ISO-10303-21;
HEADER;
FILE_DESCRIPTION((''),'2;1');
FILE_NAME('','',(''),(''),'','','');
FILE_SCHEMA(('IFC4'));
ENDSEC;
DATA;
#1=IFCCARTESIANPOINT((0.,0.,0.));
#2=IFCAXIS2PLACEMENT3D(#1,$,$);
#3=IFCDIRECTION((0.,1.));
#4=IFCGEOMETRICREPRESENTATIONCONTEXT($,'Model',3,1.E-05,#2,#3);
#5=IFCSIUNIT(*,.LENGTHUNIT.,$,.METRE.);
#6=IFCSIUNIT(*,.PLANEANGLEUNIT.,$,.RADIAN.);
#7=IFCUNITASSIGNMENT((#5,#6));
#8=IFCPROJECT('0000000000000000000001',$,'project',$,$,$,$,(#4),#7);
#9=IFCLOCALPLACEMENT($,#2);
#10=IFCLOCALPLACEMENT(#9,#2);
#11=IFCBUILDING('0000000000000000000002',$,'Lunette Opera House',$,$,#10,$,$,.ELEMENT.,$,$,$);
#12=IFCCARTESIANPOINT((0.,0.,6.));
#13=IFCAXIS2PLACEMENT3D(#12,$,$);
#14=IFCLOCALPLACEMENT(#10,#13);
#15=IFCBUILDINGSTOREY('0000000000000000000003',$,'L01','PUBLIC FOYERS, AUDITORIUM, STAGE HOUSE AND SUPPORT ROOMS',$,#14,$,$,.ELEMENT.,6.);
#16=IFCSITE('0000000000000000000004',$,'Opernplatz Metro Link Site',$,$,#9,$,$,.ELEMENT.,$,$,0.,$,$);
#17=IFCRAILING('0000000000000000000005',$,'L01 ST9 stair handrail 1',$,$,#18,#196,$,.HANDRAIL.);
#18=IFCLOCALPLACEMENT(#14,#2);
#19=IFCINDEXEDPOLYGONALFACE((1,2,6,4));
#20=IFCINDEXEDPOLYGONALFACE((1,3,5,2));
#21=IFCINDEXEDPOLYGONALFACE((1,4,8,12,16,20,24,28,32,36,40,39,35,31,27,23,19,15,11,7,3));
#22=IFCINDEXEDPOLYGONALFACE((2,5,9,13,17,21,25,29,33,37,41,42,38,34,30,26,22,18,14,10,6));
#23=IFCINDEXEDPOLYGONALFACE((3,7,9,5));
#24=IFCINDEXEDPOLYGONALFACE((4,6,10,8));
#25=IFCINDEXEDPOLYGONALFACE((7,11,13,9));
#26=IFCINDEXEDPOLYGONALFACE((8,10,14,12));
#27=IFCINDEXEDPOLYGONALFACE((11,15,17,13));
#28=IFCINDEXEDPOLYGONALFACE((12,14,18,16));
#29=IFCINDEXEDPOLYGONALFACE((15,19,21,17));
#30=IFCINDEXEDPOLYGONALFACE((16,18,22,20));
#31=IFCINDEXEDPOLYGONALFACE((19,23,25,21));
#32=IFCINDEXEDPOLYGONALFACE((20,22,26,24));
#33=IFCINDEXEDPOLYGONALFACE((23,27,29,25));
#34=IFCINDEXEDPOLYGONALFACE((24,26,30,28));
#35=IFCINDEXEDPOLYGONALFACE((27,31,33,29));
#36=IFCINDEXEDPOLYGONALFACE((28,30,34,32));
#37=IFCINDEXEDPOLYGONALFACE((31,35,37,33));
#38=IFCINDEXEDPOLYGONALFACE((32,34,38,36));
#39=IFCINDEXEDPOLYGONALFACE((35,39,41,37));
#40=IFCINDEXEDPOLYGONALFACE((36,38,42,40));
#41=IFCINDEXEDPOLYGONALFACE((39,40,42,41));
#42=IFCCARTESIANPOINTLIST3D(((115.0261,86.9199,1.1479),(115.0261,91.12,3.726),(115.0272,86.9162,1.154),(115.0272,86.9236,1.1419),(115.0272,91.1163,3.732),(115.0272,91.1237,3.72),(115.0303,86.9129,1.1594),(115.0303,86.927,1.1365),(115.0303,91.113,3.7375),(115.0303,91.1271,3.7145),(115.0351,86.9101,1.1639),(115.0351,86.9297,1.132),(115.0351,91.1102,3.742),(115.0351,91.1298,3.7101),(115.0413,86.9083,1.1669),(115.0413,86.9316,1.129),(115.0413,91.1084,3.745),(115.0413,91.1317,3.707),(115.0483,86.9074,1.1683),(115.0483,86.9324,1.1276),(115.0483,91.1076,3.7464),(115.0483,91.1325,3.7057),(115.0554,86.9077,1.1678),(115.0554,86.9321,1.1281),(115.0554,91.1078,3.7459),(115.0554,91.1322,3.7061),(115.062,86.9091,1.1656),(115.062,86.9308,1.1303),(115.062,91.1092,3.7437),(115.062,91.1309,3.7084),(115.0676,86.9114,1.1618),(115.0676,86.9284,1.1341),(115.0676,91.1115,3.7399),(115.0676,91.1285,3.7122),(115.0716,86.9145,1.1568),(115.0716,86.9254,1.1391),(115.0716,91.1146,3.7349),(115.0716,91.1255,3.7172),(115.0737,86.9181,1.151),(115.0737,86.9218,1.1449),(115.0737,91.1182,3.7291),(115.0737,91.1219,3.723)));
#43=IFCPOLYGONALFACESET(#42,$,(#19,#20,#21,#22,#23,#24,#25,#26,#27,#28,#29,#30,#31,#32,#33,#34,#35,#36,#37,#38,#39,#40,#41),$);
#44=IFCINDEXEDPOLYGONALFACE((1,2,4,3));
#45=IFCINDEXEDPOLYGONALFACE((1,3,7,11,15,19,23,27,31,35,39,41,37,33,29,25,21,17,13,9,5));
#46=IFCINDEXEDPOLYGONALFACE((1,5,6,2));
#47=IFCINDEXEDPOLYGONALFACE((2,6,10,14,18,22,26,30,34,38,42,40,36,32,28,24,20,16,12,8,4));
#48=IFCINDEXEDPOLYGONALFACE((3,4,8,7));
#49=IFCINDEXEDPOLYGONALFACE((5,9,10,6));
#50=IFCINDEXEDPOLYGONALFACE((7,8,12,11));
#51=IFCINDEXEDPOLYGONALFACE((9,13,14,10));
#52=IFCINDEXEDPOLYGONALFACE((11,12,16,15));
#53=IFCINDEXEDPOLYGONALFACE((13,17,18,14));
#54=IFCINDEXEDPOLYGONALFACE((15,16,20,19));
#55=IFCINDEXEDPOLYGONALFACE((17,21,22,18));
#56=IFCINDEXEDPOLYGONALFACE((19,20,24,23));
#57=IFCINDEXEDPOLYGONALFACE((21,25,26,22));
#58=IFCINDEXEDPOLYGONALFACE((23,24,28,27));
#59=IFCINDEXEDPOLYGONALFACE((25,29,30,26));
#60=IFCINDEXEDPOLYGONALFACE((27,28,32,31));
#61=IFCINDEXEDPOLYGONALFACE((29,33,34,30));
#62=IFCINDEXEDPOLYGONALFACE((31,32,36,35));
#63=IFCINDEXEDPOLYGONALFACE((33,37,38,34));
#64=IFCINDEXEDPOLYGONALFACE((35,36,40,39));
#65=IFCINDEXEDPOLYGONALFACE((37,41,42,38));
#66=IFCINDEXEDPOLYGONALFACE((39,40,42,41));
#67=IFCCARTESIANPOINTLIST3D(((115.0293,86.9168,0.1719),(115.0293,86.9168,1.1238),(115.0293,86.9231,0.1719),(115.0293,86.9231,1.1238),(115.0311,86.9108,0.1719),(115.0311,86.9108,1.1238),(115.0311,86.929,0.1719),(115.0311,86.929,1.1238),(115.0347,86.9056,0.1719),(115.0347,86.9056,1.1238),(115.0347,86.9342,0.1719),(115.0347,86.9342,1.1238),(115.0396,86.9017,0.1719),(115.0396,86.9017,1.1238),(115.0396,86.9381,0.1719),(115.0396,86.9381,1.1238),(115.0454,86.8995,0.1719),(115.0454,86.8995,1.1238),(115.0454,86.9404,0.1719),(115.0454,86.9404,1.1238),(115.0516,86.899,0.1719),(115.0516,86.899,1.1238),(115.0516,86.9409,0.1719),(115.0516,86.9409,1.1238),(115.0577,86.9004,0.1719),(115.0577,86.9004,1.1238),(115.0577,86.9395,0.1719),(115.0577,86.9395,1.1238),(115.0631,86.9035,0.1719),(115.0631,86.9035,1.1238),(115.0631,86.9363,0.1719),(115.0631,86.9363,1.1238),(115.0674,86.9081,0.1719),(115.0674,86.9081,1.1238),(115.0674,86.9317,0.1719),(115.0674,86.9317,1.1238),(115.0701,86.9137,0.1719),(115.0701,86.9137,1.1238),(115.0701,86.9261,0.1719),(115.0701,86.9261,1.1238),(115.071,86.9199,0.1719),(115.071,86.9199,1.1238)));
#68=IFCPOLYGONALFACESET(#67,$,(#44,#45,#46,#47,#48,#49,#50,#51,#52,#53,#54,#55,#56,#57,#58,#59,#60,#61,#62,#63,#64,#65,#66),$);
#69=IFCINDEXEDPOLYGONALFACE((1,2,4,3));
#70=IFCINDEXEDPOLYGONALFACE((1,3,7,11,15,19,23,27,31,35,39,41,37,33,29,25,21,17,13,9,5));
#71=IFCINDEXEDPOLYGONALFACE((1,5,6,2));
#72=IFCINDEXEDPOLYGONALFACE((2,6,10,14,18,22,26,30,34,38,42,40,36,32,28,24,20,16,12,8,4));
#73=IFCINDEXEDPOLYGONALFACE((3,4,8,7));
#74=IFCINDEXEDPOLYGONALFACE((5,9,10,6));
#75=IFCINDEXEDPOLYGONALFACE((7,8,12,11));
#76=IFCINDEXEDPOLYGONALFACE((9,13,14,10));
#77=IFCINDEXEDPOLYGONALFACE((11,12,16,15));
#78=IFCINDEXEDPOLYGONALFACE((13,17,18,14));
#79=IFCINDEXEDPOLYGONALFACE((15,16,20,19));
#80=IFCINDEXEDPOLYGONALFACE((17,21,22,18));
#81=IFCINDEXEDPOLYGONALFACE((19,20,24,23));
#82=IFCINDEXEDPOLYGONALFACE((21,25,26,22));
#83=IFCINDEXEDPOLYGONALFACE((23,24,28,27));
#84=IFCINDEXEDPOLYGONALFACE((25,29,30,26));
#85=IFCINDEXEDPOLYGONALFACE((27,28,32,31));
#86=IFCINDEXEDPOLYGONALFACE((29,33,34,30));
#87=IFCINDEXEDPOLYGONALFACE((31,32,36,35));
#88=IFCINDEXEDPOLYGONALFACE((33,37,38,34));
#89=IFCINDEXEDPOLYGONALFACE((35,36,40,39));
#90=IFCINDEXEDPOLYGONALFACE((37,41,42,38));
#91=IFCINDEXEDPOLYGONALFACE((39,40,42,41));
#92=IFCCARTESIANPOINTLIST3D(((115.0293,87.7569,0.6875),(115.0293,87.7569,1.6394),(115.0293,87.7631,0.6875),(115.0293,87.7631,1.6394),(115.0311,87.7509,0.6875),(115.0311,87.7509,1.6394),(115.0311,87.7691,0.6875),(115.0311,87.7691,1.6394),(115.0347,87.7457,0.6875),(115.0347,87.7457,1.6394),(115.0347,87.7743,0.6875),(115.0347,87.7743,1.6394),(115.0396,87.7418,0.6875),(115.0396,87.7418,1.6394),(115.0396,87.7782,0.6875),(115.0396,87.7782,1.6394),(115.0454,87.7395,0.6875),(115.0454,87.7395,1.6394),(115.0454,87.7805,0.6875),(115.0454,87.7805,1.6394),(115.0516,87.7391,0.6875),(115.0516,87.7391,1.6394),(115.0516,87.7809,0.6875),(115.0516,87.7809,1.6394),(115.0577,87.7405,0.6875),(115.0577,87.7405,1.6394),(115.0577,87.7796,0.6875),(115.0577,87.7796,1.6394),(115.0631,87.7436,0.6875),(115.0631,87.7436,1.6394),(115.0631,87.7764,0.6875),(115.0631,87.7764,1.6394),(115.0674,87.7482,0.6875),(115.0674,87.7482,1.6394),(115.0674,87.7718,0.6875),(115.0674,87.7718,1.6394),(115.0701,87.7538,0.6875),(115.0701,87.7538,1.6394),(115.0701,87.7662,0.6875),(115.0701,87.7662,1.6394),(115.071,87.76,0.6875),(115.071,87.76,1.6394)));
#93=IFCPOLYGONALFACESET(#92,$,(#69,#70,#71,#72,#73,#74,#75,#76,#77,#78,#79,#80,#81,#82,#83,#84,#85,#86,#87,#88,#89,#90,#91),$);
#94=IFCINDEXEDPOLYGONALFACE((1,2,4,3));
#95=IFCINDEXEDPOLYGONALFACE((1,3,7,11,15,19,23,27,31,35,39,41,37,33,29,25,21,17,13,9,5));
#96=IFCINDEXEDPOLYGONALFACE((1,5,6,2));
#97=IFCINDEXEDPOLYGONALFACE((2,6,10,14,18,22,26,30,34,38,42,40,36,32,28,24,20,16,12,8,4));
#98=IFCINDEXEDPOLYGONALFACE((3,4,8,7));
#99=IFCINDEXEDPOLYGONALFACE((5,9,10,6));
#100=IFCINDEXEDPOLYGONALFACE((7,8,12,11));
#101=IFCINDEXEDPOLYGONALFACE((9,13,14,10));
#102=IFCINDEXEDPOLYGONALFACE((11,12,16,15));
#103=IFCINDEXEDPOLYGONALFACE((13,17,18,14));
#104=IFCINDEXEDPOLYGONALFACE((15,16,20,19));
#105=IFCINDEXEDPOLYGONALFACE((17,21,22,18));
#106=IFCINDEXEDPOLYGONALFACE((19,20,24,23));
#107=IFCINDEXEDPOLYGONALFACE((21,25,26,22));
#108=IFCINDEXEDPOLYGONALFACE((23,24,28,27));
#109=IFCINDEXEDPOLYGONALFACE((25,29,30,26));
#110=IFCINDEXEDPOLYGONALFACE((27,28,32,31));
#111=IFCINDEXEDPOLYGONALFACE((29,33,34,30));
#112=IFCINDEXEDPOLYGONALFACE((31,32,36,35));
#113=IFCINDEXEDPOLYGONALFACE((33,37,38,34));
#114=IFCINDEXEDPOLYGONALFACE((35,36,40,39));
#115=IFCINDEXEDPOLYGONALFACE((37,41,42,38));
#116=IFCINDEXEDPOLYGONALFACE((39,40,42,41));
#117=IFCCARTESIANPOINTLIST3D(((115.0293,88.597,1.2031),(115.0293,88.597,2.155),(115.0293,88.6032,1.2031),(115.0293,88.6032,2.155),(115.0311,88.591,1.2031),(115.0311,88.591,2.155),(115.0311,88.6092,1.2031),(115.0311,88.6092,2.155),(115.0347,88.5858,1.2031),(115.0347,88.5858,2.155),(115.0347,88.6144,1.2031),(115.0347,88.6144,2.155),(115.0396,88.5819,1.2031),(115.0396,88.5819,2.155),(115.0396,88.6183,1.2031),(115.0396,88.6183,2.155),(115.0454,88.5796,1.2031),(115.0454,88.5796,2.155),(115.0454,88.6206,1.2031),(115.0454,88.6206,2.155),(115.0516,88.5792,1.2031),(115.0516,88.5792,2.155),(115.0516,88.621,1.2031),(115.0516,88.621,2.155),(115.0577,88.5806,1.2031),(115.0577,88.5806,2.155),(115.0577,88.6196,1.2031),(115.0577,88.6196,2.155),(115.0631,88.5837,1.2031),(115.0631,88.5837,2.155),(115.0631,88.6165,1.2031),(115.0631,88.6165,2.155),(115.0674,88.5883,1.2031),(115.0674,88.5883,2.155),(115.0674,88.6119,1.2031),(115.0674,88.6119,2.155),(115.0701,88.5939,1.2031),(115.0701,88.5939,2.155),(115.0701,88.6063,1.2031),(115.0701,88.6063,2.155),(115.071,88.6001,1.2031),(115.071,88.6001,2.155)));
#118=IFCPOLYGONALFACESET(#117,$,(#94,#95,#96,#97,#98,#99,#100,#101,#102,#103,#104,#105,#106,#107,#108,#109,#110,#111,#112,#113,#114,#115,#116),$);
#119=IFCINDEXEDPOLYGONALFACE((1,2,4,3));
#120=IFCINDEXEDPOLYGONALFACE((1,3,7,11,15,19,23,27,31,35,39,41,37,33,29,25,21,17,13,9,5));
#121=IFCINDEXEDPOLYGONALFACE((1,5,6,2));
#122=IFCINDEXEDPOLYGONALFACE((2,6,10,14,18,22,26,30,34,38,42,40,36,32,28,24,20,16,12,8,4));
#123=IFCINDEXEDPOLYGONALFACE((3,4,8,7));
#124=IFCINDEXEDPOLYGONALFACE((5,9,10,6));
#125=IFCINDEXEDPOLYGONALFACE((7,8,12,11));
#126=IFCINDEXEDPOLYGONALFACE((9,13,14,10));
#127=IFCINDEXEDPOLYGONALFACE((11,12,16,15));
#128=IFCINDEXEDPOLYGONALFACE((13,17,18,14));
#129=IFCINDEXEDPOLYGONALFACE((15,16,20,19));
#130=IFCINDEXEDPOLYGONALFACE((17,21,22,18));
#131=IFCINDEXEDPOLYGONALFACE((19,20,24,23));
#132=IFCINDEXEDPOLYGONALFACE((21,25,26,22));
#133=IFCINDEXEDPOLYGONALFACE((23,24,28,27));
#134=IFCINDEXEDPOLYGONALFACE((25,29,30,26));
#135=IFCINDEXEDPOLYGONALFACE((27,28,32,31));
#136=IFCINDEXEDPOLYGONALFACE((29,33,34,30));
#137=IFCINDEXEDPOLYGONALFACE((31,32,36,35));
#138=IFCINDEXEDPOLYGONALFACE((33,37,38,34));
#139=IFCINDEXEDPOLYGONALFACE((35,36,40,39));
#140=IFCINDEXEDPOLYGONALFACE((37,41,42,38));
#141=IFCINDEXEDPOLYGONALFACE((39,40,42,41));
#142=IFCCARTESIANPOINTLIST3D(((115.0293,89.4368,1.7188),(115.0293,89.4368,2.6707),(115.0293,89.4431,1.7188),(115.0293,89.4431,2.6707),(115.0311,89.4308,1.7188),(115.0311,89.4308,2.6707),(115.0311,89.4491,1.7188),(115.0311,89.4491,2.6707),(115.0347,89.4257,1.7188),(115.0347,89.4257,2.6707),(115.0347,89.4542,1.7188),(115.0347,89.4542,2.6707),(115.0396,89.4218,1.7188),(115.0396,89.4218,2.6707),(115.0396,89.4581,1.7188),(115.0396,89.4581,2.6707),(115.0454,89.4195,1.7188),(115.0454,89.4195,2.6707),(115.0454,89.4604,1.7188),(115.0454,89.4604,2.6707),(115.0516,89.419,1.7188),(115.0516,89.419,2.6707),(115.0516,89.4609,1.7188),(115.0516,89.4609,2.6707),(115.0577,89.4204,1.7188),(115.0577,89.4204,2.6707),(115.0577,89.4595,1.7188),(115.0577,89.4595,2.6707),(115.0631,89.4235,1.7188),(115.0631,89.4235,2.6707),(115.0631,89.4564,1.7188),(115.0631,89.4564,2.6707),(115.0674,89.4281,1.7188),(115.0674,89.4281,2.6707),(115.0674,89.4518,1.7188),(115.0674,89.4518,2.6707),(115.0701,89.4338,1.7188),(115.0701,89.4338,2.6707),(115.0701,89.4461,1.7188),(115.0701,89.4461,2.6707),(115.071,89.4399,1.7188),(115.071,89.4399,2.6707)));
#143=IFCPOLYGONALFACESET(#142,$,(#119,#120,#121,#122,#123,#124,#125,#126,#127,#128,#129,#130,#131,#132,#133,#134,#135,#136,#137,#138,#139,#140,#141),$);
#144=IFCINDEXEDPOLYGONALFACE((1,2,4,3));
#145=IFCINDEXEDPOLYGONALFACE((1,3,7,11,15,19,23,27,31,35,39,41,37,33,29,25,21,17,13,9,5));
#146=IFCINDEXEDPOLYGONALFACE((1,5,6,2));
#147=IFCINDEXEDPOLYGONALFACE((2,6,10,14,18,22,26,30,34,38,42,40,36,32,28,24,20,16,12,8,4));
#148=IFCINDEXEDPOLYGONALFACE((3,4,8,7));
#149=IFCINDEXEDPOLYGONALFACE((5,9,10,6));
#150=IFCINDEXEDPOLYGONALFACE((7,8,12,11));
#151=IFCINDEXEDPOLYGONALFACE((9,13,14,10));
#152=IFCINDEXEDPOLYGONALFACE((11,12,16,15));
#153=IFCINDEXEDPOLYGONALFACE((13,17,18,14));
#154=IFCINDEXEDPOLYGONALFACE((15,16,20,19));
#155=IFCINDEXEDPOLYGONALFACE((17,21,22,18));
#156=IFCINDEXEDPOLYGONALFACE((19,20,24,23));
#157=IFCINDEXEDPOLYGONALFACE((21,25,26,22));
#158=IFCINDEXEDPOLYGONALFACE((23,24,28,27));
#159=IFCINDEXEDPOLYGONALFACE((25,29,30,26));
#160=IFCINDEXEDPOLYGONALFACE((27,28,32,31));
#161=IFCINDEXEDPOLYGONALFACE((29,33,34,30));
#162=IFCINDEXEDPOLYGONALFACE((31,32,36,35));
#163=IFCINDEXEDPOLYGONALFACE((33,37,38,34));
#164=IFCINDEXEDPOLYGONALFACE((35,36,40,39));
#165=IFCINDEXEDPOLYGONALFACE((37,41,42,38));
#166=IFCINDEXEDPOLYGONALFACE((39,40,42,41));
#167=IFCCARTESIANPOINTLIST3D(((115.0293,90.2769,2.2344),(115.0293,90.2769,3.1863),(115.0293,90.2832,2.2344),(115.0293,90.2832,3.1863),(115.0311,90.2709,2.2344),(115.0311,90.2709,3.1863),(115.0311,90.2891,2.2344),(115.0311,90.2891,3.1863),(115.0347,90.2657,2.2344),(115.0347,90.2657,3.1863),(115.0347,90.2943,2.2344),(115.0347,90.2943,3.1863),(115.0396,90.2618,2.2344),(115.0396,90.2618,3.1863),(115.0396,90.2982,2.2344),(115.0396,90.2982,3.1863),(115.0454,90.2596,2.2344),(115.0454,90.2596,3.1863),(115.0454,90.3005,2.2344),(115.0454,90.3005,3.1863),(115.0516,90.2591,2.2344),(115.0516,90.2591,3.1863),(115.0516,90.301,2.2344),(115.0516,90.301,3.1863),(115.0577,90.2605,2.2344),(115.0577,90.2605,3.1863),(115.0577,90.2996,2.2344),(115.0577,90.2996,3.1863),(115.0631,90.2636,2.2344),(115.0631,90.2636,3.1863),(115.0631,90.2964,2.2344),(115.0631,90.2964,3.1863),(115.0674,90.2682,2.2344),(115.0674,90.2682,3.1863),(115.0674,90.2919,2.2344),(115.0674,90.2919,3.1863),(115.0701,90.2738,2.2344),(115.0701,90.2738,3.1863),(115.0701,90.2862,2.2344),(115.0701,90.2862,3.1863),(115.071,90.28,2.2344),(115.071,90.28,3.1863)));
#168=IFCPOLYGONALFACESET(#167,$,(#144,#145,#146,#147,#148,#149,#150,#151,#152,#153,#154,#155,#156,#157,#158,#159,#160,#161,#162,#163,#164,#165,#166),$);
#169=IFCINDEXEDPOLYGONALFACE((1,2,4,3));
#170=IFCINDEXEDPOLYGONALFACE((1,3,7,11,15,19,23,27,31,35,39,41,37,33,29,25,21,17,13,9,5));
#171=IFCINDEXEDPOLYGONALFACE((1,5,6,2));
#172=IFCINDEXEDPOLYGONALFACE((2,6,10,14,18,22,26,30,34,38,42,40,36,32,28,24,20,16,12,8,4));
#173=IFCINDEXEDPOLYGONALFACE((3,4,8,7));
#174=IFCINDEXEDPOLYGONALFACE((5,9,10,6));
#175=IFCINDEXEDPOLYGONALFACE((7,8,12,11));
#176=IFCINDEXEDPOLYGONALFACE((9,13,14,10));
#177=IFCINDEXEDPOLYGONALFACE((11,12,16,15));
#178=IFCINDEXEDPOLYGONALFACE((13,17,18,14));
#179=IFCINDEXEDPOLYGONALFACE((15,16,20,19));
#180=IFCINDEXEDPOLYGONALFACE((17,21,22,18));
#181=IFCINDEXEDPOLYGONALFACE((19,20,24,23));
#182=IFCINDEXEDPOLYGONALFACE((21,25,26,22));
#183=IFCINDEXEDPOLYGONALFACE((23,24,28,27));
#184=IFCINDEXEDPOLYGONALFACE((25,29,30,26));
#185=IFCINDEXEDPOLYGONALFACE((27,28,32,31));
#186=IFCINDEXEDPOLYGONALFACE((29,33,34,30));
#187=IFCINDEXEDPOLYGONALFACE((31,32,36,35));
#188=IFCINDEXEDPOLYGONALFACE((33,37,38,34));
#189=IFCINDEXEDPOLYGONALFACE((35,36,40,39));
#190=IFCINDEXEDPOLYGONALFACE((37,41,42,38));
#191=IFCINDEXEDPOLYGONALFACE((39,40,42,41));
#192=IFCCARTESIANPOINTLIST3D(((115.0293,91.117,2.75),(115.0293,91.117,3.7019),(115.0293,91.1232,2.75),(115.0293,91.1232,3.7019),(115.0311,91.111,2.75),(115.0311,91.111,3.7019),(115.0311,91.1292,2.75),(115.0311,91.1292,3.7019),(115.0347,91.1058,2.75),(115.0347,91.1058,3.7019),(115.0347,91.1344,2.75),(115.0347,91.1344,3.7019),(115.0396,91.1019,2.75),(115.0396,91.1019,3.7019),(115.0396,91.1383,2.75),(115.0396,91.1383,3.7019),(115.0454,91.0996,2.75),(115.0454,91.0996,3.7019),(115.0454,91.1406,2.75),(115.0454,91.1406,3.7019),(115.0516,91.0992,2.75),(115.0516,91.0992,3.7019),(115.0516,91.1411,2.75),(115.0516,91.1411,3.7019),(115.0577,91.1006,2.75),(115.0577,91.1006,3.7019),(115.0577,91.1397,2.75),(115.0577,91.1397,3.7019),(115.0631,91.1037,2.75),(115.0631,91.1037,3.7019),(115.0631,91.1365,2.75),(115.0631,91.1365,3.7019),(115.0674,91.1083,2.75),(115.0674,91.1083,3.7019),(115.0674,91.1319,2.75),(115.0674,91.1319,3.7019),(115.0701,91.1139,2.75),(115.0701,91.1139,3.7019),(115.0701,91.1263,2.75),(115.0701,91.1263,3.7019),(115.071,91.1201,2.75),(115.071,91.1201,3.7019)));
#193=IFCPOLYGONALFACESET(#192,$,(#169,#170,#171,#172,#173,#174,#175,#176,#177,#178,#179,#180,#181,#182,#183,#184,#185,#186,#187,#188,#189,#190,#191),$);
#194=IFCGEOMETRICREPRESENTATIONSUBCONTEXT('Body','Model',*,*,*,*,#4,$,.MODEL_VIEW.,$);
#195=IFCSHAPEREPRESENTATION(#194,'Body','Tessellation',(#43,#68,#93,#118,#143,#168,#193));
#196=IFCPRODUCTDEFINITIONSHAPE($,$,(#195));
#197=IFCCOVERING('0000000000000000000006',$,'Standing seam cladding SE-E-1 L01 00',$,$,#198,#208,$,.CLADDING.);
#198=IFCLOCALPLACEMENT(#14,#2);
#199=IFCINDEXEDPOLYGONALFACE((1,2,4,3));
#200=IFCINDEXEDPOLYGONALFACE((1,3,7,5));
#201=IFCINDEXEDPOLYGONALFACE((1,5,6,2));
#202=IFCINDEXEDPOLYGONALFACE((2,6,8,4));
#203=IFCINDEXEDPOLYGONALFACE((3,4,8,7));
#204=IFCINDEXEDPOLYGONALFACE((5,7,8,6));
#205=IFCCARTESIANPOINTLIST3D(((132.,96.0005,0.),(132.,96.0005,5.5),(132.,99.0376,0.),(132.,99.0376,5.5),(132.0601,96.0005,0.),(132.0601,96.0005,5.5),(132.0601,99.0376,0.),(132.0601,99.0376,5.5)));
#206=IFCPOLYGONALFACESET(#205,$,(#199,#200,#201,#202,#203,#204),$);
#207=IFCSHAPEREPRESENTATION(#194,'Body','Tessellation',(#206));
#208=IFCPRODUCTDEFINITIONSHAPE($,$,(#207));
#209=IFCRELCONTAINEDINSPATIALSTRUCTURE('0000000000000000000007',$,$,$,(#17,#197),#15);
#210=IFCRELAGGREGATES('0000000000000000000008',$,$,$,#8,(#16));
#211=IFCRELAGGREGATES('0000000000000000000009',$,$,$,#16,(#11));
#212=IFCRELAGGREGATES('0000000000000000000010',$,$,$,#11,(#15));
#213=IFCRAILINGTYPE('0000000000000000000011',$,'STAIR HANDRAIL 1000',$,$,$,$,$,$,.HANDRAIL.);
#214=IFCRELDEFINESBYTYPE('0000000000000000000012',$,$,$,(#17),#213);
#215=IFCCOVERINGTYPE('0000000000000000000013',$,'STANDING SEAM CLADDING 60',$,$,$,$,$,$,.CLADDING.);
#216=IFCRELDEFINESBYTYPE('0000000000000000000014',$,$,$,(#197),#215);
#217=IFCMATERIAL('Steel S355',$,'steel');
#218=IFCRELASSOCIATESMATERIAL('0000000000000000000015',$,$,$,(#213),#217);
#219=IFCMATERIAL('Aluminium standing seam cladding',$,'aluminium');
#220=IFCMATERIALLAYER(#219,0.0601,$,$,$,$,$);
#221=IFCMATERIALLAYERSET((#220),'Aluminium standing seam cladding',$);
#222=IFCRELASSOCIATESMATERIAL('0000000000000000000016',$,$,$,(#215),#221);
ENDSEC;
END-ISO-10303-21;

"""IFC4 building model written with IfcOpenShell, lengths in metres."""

from ifc_helpers import new_model, si_unit, direction, frame, origin, origin_2d, place, context, subcontext, project, spatial, rectangle, circle, extrude, material, layer, layer_set, type_object, element, save


model = new_model("IFC4")

# Units and contexts
model_context = context("Model", 3, precision=1e-05, world=origin(), true_north=direction((0.0, 1.0)))
body_context = subcontext(model_context, "Body", "Model", "MODEL_VIEW")
ifc_project = project(units=[si_unit("LENGTHUNIT", "METRE"), si_unit("PLANEANGLEUNIT", "RADIAN")], contexts=[model_context])

# Site, building, storey
site_placement = place(None, origin())
site = spatial("IfcSite", under=ifc_project, at=site_placement, Name="Opernplatz Metro Link Site", CompositionType="ELEMENT", RefElevation=0.0)
building_placement = place(site_placement, origin())
building = spatial("IfcBuilding", under=site, at=building_placement, Name="Lunette Opera House", CompositionType="ELEMENT")
storey_placement = place(building_placement, frame((0.0, 0.0, 6.0)))
storey = spatial("IfcBuildingStorey", under=building, at=storey_placement, Name="L01", Description="PUBLIC FOYERS, AUDITORIUM, STAGE HOUSE AND SUPPORT ROOMS", CompositionType="ELEMENT", Elevation=6.0)

# Railing
ifc_material_1 = material(Name="Steel S355", Category="steel")
railing_type_1 = type_object("IfcRailingType", Name="STAIR HANDRAIL 1000", PredefinedType="HANDRAIL", material=ifc_material_1)
railing_1_placement = place(storey_placement, frame((115.05, 86.9199, 0.1719)))
element("IfcRailing", 1, at=railing_1_placement, inside=storey, type_object=railing_type_1, Name="L01 ST9 stair handrail 1", PredefinedType="HANDRAIL", context=body_context, shape_type="SweptSolid", body=[
    extrude(circle(Radius=0.0239, at=origin_2d()), frame((0.0, 0.0, 0.9761), z_axis=(0.0, 0.852256, 0.523124), x_axis=(-1.0, 0.0, 0.0)), (0.0, 0.0, 1.0), 4.9282),
    extrude(circle(Radius=0.021, at=origin_2d()), origin(), (0.0, 0.0, 1.0), 0.9519),
    extrude(circle(Radius=0.021, at=origin_2d()), frame((0.0, 0.8401, 0.5156)), (0.0, 0.0, 1.0), 0.9519),
    extrude(circle(Radius=0.021, at=origin_2d()), frame((0.0, 1.6802, 1.0312)), (0.0, 0.0, 1.0), 0.9519),
    extrude(circle(Radius=0.021, at=origin_2d()), frame((0.0, 2.52, 1.5469)), (0.0, 0.0, 1.0), 0.9519),
    extrude(circle(Radius=0.021, at=origin_2d()), frame((0.0, 3.3601, 2.0625)), (0.0, 0.0, 1.0), 0.9519),
    extrude(circle(Radius=0.021, at=origin_2d()), frame((0.0, 4.2002, 2.5781)), (0.0, 0.0, 1.0), 0.9519),
])

# Covering
ifc_material_2 = material(Name="Aluminium standing seam cladding", Category="aluminium")
ifc_layer_1 = layer(ifc_material_2, 0.0601)
ifc_layer_set_1 = layer_set([ifc_layer_1], Name="Aluminium standing seam cladding")
covering_type = type_object("IfcCoveringType", Name="STANDING SEAM CLADDING 60", PredefinedType="CLADDING", material=ifc_layer_set_1)
for number, where, z_axis, x_axis, name in (
    (2, (132.03, 97.519, 0.0), (0.0, 0.0, 1.0), (0.0, 1.0, 0.0), "Standing seam cladding SE-E-1 L01 00"),
):
    element("IfcCovering", number, at=place(storey_placement, frame(where, z_axis=z_axis, x_axis=x_axis)), inside=storey, type_object=covering_type, Name=name, PredefinedType="CLADDING", context=body_context, shape_type="SweptSolid", body=[
        extrude(rectangle(XDim=3.0371, YDim=0.0601, at=origin_2d()), origin(), (0.0, 0.0, 1.0), 5.5),
    ])

save(model, "model.ifc")
